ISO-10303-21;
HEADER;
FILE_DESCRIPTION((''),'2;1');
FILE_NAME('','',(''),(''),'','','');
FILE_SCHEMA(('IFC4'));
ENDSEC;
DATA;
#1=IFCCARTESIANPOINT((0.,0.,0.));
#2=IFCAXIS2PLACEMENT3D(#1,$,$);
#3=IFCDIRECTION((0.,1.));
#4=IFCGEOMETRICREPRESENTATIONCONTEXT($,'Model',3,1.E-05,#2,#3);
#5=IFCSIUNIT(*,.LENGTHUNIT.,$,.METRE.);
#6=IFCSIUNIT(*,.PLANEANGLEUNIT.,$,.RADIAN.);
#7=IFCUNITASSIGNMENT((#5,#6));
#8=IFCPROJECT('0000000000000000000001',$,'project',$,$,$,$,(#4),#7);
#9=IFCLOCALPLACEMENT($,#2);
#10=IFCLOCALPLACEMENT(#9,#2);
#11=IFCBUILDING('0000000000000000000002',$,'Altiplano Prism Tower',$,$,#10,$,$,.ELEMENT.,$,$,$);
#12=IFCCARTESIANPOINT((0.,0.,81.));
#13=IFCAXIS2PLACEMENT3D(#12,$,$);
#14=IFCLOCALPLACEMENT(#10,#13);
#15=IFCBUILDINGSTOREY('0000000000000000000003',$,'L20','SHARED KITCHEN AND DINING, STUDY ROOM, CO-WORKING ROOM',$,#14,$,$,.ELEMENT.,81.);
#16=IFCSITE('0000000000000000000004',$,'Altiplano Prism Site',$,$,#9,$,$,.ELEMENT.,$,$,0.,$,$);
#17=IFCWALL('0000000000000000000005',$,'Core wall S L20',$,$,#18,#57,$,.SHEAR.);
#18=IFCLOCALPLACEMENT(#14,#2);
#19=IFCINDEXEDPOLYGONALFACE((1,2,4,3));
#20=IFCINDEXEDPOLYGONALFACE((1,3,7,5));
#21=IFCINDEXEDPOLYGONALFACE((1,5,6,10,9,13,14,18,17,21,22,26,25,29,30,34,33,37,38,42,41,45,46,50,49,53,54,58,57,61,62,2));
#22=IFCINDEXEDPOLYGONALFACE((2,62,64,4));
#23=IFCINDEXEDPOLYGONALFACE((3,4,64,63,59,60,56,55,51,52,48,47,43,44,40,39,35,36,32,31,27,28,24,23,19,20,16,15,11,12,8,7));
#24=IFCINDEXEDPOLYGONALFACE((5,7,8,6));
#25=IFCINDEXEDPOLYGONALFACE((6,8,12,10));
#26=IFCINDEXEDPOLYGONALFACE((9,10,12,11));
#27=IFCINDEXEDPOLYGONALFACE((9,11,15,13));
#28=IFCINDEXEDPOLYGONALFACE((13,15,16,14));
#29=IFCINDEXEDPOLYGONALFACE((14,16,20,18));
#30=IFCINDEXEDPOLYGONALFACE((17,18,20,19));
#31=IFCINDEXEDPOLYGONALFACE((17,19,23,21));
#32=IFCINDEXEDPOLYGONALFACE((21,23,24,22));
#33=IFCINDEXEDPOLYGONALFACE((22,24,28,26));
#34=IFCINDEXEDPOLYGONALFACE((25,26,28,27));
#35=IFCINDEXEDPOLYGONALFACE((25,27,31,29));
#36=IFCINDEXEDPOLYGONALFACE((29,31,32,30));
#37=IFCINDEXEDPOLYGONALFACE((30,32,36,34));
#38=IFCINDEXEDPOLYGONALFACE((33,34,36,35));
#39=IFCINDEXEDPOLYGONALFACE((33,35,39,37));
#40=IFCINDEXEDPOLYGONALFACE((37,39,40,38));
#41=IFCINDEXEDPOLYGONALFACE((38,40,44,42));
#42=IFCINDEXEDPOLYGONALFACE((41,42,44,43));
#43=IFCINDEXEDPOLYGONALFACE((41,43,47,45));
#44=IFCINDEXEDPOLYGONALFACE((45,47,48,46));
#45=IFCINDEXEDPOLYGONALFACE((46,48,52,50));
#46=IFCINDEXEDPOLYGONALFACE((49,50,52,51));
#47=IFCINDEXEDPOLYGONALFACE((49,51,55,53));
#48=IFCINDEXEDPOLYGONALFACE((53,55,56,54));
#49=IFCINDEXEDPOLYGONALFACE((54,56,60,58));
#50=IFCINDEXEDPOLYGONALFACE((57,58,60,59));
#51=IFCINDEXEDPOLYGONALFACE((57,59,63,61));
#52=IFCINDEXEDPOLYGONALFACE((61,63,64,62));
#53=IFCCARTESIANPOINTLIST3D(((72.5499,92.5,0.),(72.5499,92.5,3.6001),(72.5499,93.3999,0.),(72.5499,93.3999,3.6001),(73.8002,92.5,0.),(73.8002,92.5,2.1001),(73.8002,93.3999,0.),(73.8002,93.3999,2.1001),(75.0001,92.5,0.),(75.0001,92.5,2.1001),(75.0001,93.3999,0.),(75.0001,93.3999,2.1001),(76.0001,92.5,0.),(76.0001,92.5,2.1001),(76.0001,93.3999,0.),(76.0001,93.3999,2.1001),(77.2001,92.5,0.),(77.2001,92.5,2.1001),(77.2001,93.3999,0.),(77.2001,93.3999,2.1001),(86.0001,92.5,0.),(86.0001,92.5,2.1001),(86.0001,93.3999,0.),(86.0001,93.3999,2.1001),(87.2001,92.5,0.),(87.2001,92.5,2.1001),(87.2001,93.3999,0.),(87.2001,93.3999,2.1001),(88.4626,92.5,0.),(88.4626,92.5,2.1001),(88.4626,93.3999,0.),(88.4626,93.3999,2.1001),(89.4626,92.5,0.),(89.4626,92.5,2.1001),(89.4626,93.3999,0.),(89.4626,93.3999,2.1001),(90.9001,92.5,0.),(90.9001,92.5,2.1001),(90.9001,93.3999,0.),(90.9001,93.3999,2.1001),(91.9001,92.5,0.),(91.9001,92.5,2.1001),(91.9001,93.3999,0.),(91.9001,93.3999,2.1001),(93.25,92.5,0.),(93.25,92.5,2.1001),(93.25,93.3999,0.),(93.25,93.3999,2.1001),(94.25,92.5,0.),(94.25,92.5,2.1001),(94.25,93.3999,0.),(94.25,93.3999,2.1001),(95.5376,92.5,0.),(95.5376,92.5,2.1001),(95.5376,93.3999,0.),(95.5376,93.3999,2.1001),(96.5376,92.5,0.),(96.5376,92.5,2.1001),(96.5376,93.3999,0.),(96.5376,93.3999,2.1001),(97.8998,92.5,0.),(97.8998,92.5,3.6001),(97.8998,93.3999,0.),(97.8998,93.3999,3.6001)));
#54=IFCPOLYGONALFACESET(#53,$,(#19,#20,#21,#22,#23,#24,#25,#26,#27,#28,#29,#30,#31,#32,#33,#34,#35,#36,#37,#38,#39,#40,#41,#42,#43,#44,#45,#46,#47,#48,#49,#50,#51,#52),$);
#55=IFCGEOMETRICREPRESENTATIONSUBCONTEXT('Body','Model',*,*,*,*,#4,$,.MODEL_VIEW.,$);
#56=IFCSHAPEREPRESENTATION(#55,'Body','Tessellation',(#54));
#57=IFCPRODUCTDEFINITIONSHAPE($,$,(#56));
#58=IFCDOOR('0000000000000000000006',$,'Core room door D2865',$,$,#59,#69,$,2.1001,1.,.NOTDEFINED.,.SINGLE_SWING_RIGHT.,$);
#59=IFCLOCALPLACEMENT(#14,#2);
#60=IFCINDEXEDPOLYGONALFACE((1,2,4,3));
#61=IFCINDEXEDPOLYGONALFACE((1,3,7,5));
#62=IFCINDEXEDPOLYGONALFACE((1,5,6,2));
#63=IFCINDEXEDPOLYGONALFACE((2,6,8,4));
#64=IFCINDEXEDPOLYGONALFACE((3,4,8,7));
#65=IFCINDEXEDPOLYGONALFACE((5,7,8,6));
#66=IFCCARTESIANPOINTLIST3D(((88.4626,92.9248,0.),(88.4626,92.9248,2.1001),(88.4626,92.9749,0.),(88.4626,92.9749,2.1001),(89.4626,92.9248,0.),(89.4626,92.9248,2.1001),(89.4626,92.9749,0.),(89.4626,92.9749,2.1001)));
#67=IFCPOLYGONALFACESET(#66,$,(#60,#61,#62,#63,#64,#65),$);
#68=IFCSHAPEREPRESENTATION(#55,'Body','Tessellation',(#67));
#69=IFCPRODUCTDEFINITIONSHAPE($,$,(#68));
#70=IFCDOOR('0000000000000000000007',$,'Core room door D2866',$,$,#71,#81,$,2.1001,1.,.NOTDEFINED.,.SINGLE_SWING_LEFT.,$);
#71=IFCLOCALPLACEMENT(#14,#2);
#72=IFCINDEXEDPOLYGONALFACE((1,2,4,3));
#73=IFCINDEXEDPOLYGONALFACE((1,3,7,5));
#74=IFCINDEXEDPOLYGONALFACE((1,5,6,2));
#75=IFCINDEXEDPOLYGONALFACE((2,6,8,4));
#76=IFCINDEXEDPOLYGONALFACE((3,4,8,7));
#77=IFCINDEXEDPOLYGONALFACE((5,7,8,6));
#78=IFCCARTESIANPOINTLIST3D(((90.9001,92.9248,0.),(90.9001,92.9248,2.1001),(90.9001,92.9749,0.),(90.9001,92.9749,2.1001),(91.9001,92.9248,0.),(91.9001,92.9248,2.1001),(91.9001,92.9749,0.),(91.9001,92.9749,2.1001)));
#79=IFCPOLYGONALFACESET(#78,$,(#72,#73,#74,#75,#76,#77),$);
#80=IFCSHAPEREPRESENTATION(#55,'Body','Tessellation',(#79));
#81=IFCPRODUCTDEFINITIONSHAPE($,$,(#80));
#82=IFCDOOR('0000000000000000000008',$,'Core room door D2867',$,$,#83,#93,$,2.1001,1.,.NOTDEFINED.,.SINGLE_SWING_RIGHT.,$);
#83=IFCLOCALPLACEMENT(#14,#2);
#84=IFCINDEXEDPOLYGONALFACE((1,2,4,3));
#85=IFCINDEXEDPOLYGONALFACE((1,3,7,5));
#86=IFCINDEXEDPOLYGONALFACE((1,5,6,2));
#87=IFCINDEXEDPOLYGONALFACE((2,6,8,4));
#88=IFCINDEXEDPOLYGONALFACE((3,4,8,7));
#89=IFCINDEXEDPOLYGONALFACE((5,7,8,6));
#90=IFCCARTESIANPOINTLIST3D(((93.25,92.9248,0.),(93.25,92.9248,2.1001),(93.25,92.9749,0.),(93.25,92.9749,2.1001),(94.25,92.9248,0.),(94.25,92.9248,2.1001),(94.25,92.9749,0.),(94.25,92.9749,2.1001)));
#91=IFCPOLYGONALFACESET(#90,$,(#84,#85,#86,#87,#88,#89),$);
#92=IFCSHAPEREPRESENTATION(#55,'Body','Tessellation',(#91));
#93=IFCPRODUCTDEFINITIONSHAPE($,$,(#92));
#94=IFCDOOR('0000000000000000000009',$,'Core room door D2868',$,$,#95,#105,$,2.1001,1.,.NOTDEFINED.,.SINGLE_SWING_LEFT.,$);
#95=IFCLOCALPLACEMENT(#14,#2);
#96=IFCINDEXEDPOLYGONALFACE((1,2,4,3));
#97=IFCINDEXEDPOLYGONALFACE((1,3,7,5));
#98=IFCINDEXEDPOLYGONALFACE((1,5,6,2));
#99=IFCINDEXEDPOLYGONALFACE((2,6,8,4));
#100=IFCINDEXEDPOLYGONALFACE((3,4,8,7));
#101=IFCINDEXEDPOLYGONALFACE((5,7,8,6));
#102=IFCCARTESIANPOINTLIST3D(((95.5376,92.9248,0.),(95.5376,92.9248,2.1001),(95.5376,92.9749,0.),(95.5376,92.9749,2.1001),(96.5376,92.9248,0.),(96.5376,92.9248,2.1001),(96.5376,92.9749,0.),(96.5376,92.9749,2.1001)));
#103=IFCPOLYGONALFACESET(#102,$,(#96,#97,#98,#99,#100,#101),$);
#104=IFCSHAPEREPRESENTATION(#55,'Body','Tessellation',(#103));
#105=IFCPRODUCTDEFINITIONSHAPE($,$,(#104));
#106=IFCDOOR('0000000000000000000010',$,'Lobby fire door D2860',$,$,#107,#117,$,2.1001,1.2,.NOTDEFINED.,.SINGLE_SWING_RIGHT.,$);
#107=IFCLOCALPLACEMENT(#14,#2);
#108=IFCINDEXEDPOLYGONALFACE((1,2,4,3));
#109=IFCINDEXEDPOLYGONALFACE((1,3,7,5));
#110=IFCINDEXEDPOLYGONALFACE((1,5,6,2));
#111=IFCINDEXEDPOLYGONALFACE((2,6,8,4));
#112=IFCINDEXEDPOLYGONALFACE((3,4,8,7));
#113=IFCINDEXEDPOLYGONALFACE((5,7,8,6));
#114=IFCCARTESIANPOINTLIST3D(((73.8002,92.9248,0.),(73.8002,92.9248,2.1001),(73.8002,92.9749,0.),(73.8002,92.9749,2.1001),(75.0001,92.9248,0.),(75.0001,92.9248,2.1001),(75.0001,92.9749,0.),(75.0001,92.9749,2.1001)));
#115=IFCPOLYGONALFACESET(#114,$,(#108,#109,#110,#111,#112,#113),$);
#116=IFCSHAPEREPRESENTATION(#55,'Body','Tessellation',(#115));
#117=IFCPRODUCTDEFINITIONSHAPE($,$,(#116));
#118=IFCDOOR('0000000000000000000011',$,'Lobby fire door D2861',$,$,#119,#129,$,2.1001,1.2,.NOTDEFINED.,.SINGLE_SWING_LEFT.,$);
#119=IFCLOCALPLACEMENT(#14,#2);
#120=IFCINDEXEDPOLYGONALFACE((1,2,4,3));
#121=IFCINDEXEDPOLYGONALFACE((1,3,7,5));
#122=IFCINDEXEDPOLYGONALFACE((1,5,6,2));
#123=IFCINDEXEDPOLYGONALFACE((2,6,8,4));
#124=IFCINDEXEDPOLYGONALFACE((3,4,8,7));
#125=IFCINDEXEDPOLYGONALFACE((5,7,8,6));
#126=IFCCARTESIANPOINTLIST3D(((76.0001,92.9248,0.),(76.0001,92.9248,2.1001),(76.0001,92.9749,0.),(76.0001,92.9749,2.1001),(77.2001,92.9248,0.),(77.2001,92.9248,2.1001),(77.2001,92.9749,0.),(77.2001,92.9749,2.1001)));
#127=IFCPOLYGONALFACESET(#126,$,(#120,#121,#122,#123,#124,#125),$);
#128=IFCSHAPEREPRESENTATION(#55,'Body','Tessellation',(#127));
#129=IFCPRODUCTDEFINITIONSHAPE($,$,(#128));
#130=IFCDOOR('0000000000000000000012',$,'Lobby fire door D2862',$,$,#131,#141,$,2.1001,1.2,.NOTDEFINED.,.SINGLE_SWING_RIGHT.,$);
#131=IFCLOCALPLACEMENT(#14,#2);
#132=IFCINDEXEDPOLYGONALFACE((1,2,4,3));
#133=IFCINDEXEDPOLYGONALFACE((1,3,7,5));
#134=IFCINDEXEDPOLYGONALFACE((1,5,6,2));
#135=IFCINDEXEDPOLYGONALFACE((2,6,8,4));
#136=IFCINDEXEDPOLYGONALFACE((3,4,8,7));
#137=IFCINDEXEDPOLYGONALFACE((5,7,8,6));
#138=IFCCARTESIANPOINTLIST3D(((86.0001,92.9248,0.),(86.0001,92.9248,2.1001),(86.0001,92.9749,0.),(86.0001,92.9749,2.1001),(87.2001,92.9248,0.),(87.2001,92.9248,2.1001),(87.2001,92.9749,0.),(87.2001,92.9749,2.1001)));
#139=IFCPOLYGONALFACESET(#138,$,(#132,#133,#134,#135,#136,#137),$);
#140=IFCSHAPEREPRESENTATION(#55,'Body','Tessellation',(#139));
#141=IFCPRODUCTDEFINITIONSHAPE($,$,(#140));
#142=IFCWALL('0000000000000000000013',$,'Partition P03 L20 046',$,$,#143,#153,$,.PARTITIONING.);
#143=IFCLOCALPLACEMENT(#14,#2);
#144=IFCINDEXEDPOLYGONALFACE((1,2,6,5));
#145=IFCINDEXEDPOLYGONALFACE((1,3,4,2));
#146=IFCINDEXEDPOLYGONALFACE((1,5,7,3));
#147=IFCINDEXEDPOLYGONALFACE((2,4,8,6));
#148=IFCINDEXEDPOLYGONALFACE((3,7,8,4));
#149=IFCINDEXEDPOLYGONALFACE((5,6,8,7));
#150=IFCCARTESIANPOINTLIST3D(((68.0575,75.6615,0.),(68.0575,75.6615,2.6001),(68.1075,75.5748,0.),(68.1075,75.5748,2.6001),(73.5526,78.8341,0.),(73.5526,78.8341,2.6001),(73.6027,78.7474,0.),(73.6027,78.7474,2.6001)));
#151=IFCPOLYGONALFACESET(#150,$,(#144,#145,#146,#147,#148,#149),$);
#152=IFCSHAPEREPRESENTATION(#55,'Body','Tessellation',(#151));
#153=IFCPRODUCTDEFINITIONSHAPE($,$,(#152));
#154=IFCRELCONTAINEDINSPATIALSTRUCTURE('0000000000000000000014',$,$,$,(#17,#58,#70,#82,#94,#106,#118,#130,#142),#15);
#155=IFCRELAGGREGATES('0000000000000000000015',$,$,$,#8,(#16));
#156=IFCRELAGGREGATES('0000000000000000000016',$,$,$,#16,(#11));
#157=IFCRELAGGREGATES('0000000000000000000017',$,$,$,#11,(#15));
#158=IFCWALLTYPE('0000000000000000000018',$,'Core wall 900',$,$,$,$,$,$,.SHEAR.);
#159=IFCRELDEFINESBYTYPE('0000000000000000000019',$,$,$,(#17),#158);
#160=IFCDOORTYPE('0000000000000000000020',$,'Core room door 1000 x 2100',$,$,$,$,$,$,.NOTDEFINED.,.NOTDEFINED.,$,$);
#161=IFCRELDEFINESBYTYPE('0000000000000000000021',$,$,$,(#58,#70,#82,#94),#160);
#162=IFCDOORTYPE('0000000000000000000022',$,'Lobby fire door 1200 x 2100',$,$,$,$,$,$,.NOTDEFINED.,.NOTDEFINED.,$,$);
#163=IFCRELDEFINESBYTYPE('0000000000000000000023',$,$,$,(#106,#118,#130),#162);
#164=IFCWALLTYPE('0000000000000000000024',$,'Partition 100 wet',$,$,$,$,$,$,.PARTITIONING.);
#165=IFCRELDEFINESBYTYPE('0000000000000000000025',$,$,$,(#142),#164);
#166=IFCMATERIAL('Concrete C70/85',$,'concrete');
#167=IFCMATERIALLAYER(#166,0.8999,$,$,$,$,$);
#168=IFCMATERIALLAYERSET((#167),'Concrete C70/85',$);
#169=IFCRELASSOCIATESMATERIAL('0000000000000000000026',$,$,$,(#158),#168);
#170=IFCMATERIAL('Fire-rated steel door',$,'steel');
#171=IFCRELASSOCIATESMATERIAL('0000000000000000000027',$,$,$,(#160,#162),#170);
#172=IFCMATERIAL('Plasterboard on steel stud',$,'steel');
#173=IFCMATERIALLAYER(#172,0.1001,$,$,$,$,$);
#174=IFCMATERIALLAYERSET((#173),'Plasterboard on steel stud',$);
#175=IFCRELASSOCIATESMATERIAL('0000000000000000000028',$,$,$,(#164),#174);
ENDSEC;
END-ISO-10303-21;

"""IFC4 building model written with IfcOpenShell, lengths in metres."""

from ifc_helpers import new_model, si_unit, direction, frame, frame_2d, origin, place, context, subcontext, project, spatial, rectangle, extrude, material, layer, layer_set, type_object, element, fill, save


model = new_model("IFC4")

# Units and contexts
model_context = context("Model", 3, precision=1e-05, world=origin(), true_north=direction((0.0, 1.0)))
body_context = subcontext(model_context, "Body", "Model", "MODEL_VIEW")
ifc_project = project(units=[si_unit("LENGTHUNIT", "METRE"), si_unit("PLANEANGLEUNIT", "RADIAN")], contexts=[model_context])

# Site, building, storey
site_placement = place(None, origin())
site = spatial("IfcSite", under=ifc_project, at=site_placement, Name="Altiplano Prism Site", CompositionType="ELEMENT", RefElevation=0.0)
building_placement = place(site_placement, origin())
building = spatial("IfcBuilding", under=site, at=building_placement, Name="Altiplano Prism Tower", CompositionType="ELEMENT")
storey_placement = place(building_placement, frame((0.0, 0.0, 81.0)))
storey = spatial("IfcBuildingStorey", under=building, at=storey_placement, Name="L20", Description="SHARED KITCHEN AND DINING, STUDY ROOM, CO-WORKING ROOM", CompositionType="ELEMENT", Elevation=81.0)

# Wall, openings, doors
ifc_material_1 = material(Name="Concrete C70/85", Category="concrete")
ifc_layer_1 = layer(ifc_material_1, 0.8999)
ifc_layer_set_1 = layer_set([ifc_layer_1], Name="Concrete C70/85")
wall_type_1 = type_object("IfcWallType", Name="Core wall 900", PredefinedType="SHEAR", material=ifc_layer_set_1)
wall_1_placement = place(storey_placement, frame((72.55, 92.95, 0.0), z_axis=(0.0, 0.0, 1.0), x_axis=(1.0, 0.0, 0.0)))
wall_1 = element("IfcWall", 1, at=wall_1_placement, inside=storey, type_object=wall_type_1, Name="Core wall S L20", PredefinedType="SHEAR", context=body_context, shape_type="SweptSolid", body=[
    extrude(rectangle(XDim=25.3499, YDim=0.8999, at=frame_2d((12.6748, 0.0))), origin(), (0.0, 0.0, 1.0), 3.6001),
])
opening_1_placement = place(wall_1_placement, frame((1.25, 0.0, 0.0)))
opening_1 = element("IfcOpeningElement", 2, at=opening_1_placement, cuts=wall_1, PredefinedType="OPENING", context=body_context, shape_type="SweptSolid", body=[
    extrude(rectangle(XDim=1.2, YDim=2.1001, at=frame_2d((0.6001, 1.05))), frame((0.0, 0.4604, 0.0), z_axis=(0.0, -1.0, 0.0), x_axis=(1.0, 0.0, 0.0)), (0.0, 0.0, 1.0), 0.9209),
])
opening_2_placement = place(wall_1_placement, frame((3.45, 0.0, 0.0)))
opening_2 = element("IfcOpeningElement", 3, at=opening_2_placement, cuts=wall_1, PredefinedType="OPENING", context=body_context, shape_type="SweptSolid", body=[
    extrude(rectangle(XDim=1.2, YDim=2.1001, at=frame_2d((0.6001, 1.05))), frame((0.0, 0.4604, 0.0), z_axis=(0.0, -1.0, 0.0), x_axis=(1.0, 0.0, 0.0)), (0.0, 0.0, 1.0), 0.9209),
])
opening_3_placement = place(wall_1_placement, frame((13.45, 0.0, 0.0)))
opening_3 = element("IfcOpeningElement", 4, at=opening_3_placement, cuts=wall_1, PredefinedType="OPENING", context=body_context, shape_type="SweptSolid", body=[
    extrude(rectangle(XDim=1.2, YDim=2.1001, at=frame_2d((0.6001, 1.05))), frame((0.0, 0.4604, 0.0), z_axis=(0.0, -1.0, 0.0), x_axis=(1.0, 0.0, 0.0)), (0.0, 0.0, 1.0), 0.9209),
])
opening_4_placement = place(wall_1_placement, frame((15.9126, 0.0, 0.0)))
opening_4 = element("IfcOpeningElement", 5, at=opening_4_placement, cuts=wall_1, PredefinedType="OPENING", context=body_context, shape_type="SweptSolid", body=[
    extrude(rectangle(XDim=1.0, YDim=2.1001, at=frame_2d((0.5, 1.05))), frame((0.0, 0.4604, 0.0), z_axis=(0.0, -1.0, 0.0), x_axis=(1.0, 0.0, 0.0)), (0.0, 0.0, 1.0), 0.9209),
])
opening_5_placement = place(wall_1_placement, frame((18.3501, 0.0, 0.0)))
opening_5 = element("IfcOpeningElement", 6, at=opening_5_placement, cuts=wall_1, PredefinedType="OPENING", context=body_context, shape_type="SweptSolid", body=[
    extrude(rectangle(XDim=1.0, YDim=2.1001, at=frame_2d((0.5, 1.05))), frame((0.0, 0.4604, 0.0), z_axis=(0.0, -1.0, 0.0), x_axis=(1.0, 0.0, 0.0)), (0.0, 0.0, 1.0), 0.9209),
])
opening_6_placement = place(wall_1_placement, frame((20.7, 0.0, 0.0)))
opening_6 = element("IfcOpeningElement", 7, at=opening_6_placement, cuts=wall_1, PredefinedType="OPENING", context=body_context, shape_type="SweptSolid", body=[
    extrude(rectangle(XDim=1.0, YDim=2.1001, at=frame_2d((0.5, 1.05))), frame((0.0, 0.4604, 0.0), z_axis=(0.0, -1.0, 0.0), x_axis=(1.0, 0.0, 0.0)), (0.0, 0.0, 1.0), 0.9209),
])
opening_7_placement = place(wall_1_placement, frame((22.9875, 0.0, 0.0)))
opening_7 = element("IfcOpeningElement", 8, at=opening_7_placement, cuts=wall_1, PredefinedType="OPENING", context=body_context, shape_type="SweptSolid", body=[
    extrude(rectangle(XDim=1.0, YDim=2.1001, at=frame_2d((0.5, 1.05))), frame((0.0, 0.4604, 0.0), z_axis=(0.0, -1.0, 0.0), x_axis=(1.0, 0.0, 0.0)), (0.0, 0.0, 1.0), 0.9209),
])
ifc_material_2 = material(Name="Fire-rated steel door", Category="steel")
door_type_1 = type_object("IfcDoorType", Name="Core room door 1000 x 2100", OperationType="NOTDEFINED", PredefinedType="NOTDEFINED", material=ifc_material_2)
door_1_placement = place(opening_4_placement, origin())
door_1 = element("IfcDoor", 9, at=door_1_placement, inside=storey, type_object=door_type_1, Name="Core room door D2865", OperationType="SINGLE_SWING_RIGHT", OverallHeight=2.1001, OverallWidth=1.0, PredefinedType="NOTDEFINED", context=body_context, shape_type="SweptSolid", body=[
    extrude(rectangle(XDim=1.0, YDim=2.1001, at=frame_2d((0.5, 1.05))), frame((0.0, 0.0249, 0.0), z_axis=(0.0, -1.0, 0.0), x_axis=(1.0, 0.0, 0.0)), (0.0, 0.0, 1.0), 0.05),
])
fill(opening_4, door_1)
door_2_placement = place(opening_5_placement, origin())
door_2 = element("IfcDoor", 10, at=door_2_placement, inside=storey, type_object=door_type_1, Name="Core room door D2866", OperationType="SINGLE_SWING_LEFT", OverallHeight=2.1001, OverallWidth=1.0, PredefinedType="NOTDEFINED", context=body_context, shape_type="SweptSolid", body=[
    extrude(rectangle(XDim=1.0, YDim=2.1001, at=frame_2d((0.5, 1.05))), frame((0.0, 0.0249, 0.0), z_axis=(0.0, -1.0, 0.0), x_axis=(1.0, 0.0, 0.0)), (0.0, 0.0, 1.0), 0.05),
])
fill(opening_5, door_2)
door_3_placement = place(opening_6_placement, origin())
door_3 = element("IfcDoor", 11, at=door_3_placement, inside=storey, type_object=door_type_1, Name="Core room door D2867", OperationType="SINGLE_SWING_RIGHT", OverallHeight=2.1001, OverallWidth=1.0, PredefinedType="NOTDEFINED", context=body_context, shape_type="SweptSolid", body=[
    extrude(rectangle(XDim=1.0, YDim=2.1001, at=frame_2d((0.5, 1.05))), frame((0.0, 0.0249, 0.0), z_axis=(0.0, -1.0, 0.0), x_axis=(1.0, 0.0, 0.0)), (0.0, 0.0, 1.0), 0.05),
])
fill(opening_6, door_3)
door_4_placement = place(opening_7_placement, origin())
door_4 = element("IfcDoor", 12, at=door_4_placement, inside=storey, type_object=door_type_1, Name="Core room door D2868", OperationType="SINGLE_SWING_LEFT", OverallHeight=2.1001, OverallWidth=1.0, PredefinedType="NOTDEFINED", context=body_context, shape_type="SweptSolid", body=[
    extrude(rectangle(XDim=1.0, YDim=2.1001, at=frame_2d((0.5, 1.05))), frame((0.0, 0.0249, 0.0), z_axis=(0.0, -1.0, 0.0), x_axis=(1.0, 0.0, 0.0)), (0.0, 0.0, 1.0), 0.05),
])
fill(opening_7, door_4)
door_type_2 = type_object("IfcDoorType", Name="Lobby fire door 1200 x 2100", OperationType="NOTDEFINED", PredefinedType="NOTDEFINED", material=ifc_material_2)
door_5_placement = place(opening_1_placement, origin())
door_5 = element("IfcDoor", 13, at=door_5_placement, inside=storey, type_object=door_type_2, Name="Lobby fire door D2860", OperationType="SINGLE_SWING_RIGHT", OverallHeight=2.1001, OverallWidth=1.2, PredefinedType="NOTDEFINED", context=body_context, shape_type="SweptSolid", body=[
    extrude(rectangle(XDim=1.2, YDim=2.1001, at=frame_2d((0.6001, 1.05))), frame((0.0, 0.0249, 0.0), z_axis=(0.0, -1.0, 0.0), x_axis=(1.0, 0.0, 0.0)), (0.0, 0.0, 1.0), 0.05),
])
fill(opening_1, door_5)
door_6_placement = place(opening_2_placement, origin())
door_6 = element("IfcDoor", 14, at=door_6_placement, inside=storey, type_object=door_type_2, Name="Lobby fire door D2861", OperationType="SINGLE_SWING_LEFT", OverallHeight=2.1001, OverallWidth=1.2, PredefinedType="NOTDEFINED", context=body_context, shape_type="SweptSolid", body=[
    extrude(rectangle(XDim=1.2, YDim=2.1001, at=frame_2d((0.6001, 1.05))), frame((0.0, 0.0249, 0.0), z_axis=(0.0, -1.0, 0.0), x_axis=(1.0, 0.0, 0.0)), (0.0, 0.0, 1.0), 0.05),
])
fill(opening_2, door_6)
door_7_placement = place(opening_3_placement, origin())
door_7 = element("IfcDoor", 15, at=door_7_placement, inside=storey, type_object=door_type_2, Name="Lobby fire door D2862", OperationType="SINGLE_SWING_RIGHT", OverallHeight=2.1001, OverallWidth=1.2, PredefinedType="NOTDEFINED", context=body_context, shape_type="SweptSolid", body=[
    extrude(rectangle(XDim=1.2, YDim=2.1001, at=frame_2d((0.6001, 1.05))), frame((0.0, 0.0249, 0.0), z_axis=(0.0, -1.0, 0.0), x_axis=(1.0, 0.0, 0.0)), (0.0, 0.0, 1.0), 0.05),
])
fill(opening_3, door_7)

# Wall
ifc_material_3 = material(Name="Plasterboard on steel stud", Category="steel")
ifc_layer_2 = layer(ifc_material_3, 0.1001)
ifc_layer_set_2 = layer_set([ifc_layer_2], Name="Plasterboard on steel stud")
wall_type_2 = type_object("IfcWallType", Name="Partition 100 wet", PredefinedType="PARTITIONING", material=ifc_layer_set_2)
wall_2_placement = place(storey_placement, frame((68.0825, 75.6182, 0.0), z_axis=(0.0, 0.0, 1.0), x_axis=(0.866025, 0.5, 0.0)))
element("IfcWall", 16, at=wall_2_placement, inside=storey, type_object=wall_type_2, Name="Partition P03 L20 046", PredefinedType="PARTITIONING", context=body_context, shape_type="SweptSolid", body=[
    extrude(rectangle(XDim=6.3452, YDim=0.1001, at=frame_2d((3.1726, 0.0))), origin(), (0.0, 0.0, 1.0), 2.6001),
])

save(model, "model.ifc")
